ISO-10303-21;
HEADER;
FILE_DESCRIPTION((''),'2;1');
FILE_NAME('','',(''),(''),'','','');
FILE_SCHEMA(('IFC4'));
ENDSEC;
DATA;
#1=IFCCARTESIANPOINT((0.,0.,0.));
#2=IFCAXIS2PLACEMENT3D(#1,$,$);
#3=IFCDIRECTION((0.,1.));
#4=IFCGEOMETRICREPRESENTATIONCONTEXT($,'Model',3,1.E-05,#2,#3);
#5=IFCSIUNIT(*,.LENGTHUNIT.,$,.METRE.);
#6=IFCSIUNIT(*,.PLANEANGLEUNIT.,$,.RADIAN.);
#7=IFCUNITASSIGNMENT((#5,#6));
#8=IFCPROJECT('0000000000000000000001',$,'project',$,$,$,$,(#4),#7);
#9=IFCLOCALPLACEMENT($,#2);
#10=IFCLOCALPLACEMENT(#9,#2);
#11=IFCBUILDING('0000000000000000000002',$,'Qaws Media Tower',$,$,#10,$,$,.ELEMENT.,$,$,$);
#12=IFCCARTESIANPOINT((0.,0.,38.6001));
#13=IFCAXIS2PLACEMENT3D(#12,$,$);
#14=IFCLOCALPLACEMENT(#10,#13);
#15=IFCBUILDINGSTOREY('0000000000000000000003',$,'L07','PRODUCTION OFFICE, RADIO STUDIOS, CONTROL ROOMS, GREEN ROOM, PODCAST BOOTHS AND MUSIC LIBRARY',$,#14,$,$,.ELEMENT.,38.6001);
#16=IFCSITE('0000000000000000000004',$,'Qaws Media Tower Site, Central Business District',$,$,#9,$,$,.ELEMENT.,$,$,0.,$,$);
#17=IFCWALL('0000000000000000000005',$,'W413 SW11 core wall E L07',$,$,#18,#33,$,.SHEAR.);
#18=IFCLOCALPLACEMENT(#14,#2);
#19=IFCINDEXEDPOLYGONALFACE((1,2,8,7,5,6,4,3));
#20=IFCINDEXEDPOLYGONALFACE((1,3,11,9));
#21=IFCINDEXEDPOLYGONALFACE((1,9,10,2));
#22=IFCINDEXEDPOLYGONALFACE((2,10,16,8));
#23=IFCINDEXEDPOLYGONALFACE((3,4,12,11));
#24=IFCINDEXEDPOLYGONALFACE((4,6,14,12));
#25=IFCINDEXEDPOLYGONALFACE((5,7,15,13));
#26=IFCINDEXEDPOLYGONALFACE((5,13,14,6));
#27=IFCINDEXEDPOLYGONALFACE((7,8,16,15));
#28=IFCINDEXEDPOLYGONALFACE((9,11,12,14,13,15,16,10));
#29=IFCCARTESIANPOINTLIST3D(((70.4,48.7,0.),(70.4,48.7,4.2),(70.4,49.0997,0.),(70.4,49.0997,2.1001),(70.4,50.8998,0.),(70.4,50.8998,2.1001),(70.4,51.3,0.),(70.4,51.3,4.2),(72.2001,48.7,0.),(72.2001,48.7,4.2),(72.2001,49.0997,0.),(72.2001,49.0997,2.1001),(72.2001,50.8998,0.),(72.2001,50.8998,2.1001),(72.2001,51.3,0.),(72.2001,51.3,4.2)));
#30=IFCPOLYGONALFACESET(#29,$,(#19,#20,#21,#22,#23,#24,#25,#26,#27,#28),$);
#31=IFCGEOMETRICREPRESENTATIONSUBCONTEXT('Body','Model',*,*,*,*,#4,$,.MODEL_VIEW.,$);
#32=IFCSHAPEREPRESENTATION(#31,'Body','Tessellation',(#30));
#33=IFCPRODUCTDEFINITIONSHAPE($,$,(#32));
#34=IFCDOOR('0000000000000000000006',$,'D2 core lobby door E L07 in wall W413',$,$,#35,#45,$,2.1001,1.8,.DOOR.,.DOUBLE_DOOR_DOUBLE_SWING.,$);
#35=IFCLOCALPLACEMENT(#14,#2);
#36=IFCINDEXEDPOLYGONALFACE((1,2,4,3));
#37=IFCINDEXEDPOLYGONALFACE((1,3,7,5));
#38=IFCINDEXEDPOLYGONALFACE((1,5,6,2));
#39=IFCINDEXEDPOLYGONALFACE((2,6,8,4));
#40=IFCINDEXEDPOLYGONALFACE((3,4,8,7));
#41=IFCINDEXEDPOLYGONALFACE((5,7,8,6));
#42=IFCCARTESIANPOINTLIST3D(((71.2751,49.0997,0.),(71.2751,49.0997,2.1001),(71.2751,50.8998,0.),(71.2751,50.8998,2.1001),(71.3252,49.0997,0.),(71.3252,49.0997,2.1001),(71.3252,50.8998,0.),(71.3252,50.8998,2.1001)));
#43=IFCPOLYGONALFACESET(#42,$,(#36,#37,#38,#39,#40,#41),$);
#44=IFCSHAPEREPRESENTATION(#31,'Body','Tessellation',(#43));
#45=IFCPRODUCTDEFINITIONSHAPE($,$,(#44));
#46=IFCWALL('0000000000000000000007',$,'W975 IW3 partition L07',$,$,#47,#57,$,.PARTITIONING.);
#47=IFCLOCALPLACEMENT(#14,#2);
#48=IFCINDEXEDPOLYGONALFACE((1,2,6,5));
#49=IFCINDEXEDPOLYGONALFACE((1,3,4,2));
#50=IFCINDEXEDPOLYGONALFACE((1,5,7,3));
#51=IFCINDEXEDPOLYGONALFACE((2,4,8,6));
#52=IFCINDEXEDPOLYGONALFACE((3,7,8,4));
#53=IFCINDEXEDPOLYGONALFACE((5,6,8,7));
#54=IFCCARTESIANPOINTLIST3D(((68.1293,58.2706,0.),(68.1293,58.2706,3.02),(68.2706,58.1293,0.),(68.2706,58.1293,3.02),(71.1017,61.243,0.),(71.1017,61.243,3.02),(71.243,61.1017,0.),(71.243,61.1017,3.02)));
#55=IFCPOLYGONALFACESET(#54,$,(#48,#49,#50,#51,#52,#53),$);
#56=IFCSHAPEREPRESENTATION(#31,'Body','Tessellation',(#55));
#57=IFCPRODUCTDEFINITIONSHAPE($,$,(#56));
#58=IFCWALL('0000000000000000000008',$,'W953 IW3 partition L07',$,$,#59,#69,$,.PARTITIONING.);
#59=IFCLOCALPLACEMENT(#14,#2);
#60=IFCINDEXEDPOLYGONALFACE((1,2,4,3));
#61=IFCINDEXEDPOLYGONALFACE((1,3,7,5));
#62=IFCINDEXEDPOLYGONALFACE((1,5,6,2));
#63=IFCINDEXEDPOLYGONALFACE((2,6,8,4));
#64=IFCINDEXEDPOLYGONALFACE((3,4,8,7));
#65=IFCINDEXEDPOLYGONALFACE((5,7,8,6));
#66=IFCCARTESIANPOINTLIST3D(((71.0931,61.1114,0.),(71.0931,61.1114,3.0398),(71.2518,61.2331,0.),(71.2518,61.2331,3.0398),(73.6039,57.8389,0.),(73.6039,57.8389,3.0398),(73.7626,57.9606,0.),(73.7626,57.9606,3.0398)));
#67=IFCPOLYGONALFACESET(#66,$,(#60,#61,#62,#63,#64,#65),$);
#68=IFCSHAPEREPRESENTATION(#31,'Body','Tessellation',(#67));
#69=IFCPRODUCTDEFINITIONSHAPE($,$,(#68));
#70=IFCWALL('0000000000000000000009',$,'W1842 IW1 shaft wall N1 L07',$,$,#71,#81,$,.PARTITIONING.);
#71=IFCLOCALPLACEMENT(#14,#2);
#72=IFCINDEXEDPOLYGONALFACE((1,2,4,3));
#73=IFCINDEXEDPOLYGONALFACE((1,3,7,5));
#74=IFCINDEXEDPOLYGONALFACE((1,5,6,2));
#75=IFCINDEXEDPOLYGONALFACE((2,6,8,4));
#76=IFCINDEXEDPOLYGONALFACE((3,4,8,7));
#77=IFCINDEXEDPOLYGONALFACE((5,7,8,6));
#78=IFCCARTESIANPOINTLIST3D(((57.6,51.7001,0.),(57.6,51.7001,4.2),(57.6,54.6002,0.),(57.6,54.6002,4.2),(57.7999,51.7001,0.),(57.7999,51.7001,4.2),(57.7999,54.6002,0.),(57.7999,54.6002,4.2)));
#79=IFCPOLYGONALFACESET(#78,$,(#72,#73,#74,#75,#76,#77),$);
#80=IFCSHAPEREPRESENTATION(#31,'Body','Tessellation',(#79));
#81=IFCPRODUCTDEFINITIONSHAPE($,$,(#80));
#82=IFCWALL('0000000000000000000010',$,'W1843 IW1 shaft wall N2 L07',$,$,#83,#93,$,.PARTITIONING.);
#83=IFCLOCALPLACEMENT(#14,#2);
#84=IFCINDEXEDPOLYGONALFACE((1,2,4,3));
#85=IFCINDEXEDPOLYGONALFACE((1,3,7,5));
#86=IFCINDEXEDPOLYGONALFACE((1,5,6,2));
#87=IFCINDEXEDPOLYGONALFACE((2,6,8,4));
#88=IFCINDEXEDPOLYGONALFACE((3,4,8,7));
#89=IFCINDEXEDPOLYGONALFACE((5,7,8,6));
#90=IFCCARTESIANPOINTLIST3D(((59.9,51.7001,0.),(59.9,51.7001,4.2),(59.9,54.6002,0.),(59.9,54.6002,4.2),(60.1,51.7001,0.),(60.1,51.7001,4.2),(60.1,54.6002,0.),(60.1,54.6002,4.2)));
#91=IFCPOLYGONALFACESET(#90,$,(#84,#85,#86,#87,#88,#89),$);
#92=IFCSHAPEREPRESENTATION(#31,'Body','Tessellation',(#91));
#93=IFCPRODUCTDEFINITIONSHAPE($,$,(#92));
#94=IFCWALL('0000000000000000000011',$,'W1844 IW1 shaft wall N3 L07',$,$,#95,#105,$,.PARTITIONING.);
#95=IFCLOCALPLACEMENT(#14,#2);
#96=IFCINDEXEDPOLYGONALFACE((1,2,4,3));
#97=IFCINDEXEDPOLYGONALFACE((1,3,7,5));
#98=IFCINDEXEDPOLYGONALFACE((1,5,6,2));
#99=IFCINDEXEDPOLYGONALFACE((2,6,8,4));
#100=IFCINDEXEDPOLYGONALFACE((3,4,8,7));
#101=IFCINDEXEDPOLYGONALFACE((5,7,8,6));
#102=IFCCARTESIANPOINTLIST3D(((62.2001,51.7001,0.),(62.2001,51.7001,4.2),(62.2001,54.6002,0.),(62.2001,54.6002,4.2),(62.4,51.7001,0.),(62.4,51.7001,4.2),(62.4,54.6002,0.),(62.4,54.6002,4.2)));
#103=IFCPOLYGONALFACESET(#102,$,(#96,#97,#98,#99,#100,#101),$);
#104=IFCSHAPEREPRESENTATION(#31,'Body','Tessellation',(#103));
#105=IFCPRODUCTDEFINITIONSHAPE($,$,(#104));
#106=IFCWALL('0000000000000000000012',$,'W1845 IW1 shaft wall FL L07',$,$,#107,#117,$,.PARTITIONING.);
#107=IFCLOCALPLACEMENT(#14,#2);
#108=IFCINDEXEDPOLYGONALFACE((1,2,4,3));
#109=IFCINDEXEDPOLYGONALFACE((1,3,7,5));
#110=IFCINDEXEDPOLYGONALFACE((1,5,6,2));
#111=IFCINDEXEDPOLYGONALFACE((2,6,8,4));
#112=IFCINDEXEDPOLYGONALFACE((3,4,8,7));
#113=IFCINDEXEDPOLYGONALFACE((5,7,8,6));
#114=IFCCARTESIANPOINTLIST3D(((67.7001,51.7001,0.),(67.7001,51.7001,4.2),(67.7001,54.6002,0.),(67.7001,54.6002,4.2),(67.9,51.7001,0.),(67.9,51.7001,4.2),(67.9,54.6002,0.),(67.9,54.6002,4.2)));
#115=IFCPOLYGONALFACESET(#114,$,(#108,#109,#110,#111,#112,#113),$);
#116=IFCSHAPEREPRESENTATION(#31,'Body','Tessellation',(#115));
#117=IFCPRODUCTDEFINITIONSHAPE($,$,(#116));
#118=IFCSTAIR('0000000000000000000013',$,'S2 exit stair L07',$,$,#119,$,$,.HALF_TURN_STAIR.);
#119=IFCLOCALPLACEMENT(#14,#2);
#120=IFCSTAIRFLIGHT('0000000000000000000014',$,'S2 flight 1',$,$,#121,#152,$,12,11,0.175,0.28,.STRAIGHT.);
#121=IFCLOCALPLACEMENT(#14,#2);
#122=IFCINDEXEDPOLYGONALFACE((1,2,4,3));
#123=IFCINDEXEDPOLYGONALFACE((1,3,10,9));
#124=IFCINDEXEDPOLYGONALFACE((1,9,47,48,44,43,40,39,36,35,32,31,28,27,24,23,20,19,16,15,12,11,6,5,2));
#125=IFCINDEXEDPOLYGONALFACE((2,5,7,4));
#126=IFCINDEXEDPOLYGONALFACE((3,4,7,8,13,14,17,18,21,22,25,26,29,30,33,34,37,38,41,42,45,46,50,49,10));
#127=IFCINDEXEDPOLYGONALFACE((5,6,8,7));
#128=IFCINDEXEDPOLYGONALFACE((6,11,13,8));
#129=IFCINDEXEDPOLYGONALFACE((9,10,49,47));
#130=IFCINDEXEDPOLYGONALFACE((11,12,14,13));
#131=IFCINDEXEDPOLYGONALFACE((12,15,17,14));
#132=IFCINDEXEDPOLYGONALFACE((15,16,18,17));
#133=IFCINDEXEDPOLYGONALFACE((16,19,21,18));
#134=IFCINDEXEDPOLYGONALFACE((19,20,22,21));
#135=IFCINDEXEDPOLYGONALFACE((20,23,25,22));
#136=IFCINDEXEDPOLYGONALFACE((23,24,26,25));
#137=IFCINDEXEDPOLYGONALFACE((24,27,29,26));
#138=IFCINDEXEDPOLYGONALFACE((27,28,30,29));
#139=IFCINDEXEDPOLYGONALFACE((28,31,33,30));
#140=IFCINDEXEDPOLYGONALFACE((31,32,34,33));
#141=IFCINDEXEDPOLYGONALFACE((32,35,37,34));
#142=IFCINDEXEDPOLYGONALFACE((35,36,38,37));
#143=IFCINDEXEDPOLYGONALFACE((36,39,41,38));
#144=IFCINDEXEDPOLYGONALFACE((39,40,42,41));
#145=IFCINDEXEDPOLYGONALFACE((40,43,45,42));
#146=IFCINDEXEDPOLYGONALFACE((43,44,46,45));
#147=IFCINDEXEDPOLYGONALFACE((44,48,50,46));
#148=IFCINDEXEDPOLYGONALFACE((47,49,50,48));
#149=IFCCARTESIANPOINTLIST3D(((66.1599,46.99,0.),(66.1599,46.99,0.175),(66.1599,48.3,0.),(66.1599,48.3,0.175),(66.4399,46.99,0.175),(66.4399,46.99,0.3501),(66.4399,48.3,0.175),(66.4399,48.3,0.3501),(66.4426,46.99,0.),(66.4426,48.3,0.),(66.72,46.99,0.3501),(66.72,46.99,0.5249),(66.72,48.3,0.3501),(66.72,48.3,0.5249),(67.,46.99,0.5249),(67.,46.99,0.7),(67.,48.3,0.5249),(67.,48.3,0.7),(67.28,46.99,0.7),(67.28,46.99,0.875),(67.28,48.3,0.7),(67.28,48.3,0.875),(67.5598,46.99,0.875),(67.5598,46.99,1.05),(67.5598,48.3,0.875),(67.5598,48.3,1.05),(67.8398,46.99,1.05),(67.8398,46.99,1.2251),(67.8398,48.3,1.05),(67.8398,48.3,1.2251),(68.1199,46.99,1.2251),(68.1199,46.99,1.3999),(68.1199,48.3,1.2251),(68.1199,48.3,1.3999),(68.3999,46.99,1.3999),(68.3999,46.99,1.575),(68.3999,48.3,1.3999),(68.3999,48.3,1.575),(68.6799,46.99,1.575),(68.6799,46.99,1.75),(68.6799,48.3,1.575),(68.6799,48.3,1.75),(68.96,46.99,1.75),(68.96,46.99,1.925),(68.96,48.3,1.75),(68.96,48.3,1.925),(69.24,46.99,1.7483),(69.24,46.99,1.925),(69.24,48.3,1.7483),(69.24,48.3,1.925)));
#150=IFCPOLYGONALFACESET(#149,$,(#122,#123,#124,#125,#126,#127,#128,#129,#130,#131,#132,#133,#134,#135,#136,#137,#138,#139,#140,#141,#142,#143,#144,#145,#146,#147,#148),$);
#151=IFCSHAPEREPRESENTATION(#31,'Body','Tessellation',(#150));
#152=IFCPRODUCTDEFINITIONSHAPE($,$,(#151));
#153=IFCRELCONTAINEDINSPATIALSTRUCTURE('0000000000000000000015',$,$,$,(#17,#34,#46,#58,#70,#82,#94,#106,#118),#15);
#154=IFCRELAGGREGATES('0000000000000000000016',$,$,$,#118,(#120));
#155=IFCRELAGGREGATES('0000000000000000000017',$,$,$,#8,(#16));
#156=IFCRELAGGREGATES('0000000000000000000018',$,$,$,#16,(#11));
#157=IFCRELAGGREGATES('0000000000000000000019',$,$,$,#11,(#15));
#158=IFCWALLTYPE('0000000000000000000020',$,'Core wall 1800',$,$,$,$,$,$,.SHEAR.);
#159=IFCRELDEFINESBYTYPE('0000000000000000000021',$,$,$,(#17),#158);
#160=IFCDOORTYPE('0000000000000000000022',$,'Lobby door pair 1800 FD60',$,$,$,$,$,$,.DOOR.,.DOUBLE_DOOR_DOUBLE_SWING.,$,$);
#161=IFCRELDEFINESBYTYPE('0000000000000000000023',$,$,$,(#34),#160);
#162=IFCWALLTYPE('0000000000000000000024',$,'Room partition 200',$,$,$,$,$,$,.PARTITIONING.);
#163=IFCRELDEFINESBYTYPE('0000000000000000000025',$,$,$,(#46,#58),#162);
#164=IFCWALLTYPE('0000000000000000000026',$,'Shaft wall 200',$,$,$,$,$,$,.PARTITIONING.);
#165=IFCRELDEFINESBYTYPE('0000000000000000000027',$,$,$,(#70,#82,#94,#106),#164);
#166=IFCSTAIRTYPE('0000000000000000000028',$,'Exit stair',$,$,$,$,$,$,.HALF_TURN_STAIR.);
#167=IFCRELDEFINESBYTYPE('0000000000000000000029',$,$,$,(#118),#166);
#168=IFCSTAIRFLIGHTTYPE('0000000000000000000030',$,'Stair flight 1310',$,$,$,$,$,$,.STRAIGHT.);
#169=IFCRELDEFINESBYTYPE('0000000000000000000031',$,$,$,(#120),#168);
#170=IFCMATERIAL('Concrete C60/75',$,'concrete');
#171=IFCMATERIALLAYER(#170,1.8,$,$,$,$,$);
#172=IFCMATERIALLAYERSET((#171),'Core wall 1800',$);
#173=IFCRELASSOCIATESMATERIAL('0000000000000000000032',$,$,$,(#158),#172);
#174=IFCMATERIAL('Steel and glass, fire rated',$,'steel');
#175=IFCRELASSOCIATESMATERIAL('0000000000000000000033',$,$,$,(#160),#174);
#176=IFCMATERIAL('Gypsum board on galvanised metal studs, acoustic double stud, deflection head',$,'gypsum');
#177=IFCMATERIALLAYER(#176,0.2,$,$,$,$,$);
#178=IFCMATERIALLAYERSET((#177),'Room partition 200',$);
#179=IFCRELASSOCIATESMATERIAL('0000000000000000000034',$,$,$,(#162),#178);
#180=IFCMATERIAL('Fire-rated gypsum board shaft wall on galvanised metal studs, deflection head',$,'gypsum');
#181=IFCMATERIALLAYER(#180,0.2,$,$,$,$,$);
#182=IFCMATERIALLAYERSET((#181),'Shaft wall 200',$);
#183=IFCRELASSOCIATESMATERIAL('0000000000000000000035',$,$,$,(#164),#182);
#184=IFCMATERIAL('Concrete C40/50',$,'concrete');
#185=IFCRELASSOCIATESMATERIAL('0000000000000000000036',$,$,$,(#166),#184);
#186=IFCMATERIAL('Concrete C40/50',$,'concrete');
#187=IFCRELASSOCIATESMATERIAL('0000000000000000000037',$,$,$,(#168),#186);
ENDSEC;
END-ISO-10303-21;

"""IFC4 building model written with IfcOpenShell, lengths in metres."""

from ifc_helpers import new_model, si_unit, direction, frame, frame_2d, origin, place, context, subcontext, project, spatial, polyline, rectangle, outline, extrude, material, layer, layer_set, type_object, element, fill, aggregate, save


model = new_model("IFC4")

# Units and contexts
model_context = context("Model", 3, precision=1e-05, world=origin(), true_north=direction((0.0, 1.0)))
body_context = subcontext(model_context, "Body", "Model", "MODEL_VIEW")
ifc_project = project(units=[si_unit("LENGTHUNIT", "METRE"), si_unit("PLANEANGLEUNIT", "RADIAN")], contexts=[model_context])

# Site, building, storey
site_placement = place(None, origin())
site = spatial("IfcSite", under=ifc_project, at=site_placement, Name="Qaws Media Tower Site, Central Business District", CompositionType="ELEMENT", RefElevation=0.0)
building_placement = place(site_placement, origin())
building = spatial("IfcBuilding", under=site, at=building_placement, Name="Qaws Media Tower", CompositionType="ELEMENT")
storey_placement = place(building_placement, frame((0.0, 0.0, 38.6001)))
storey = spatial("IfcBuildingStorey", under=building, at=storey_placement, Name="L07", Description="PRODUCTION OFFICE, RADIO STUDIOS, CONTROL ROOMS, GREEN ROOM, PODCAST BOOTHS AND MUSIC LIBRARY", CompositionType="ELEMENT", Elevation=38.6001)

# Shared definitions
ifc_material_1 = material(Name="Concrete C60/75", Category="concrete")
ifc_layer_1 = layer(ifc_material_1, 1.8)
ifc_layer_set_1 = layer_set([ifc_layer_1], Name="Core wall 1800")
wall_type_1 = type_object("IfcWallType", Name="Core wall 1800", PredefinedType="SHEAR", material=ifc_layer_set_1)

# Wall, opening, door
wall_1_placement = place(storey_placement, frame((71.3, 48.7, 0.0), z_axis=(0.0, 0.0, 1.0), x_axis=(0.0, 1.0, 0.0)))
wall_1 = element("IfcWall", 1, at=wall_1_placement, inside=storey, type_object=wall_type_1, Name="W413 SW11 core wall E L07", PredefinedType="SHEAR", context=body_context, shape_type="SweptSolid", body=[
    extrude(rectangle(XDim=2.6001, YDim=1.8, at=frame_2d((1.3, 0.0))), origin(), (0.0, 0.0, 1.0), 4.2),
])
opening_1_placement = place(wall_1_placement, frame((0.3999, 0.0, 0.0)))
opening_1 = element("IfcOpeningElement", 2, at=opening_1_placement, cuts=wall_1, PredefinedType="OPENING", context=body_context, shape_type="SweptSolid", body=[
    extrude(rectangle(XDim=1.8, YDim=2.1001, at=frame_2d((0.8999, 1.05))), frame((0.0, 0.9099, 0.0), z_axis=(0.0, -1.0, 0.0), x_axis=(1.0, 0.0, 0.0)), (0.0, 0.0, 1.0), 1.8201),
])
ifc_material_2 = material(Name="Steel and glass, fire rated", Category="steel")
door_type_1 = type_object("IfcDoorType", Name="Lobby door pair 1800 FD60", OperationType="DOUBLE_DOOR_DOUBLE_SWING", PredefinedType="DOOR", material=ifc_material_2)
door_1_placement = place(opening_1_placement, origin())
door_1 = element("IfcDoor", 3, at=door_1_placement, inside=storey, type_object=door_type_1, Name="D2 core lobby door E L07 in wall W413", OperationType="DOUBLE_DOOR_DOUBLE_SWING", OverallHeight=2.1001, OverallWidth=1.8, PredefinedType="DOOR", context=body_context, shape_type="SweptSolid", body=[
    extrude(rectangle(XDim=1.8, YDim=2.1001, at=frame_2d((0.8999, 1.05))), frame((0.0, 0.0249, 0.0), z_axis=(0.0, -1.0, 0.0), x_axis=(1.0, 0.0, 0.0)), (0.0, 0.0, 1.0), 0.05),
])
fill(opening_1, door_1)

# Walls
ifc_material_3 = material(Name="Gypsum board on galvanised metal studs, acoustic double stud, deflection head", Category="gypsum")
ifc_layer_2 = layer(ifc_material_3, 0.2)
ifc_layer_set_2 = layer_set([ifc_layer_2], Name="Room partition 200")
wall_type_2 = type_object("IfcWallType", Name="Room partition 200", PredefinedType="PARTITIONING", material=ifc_layer_set_2)
wall_2_placement = place(storey_placement, frame((68.2, 58.2, 0.0), z_axis=(0.0, 0.0, 1.0), x_axis=(0.707107, 0.707107, 0.0)))
element("IfcWall", 4, at=wall_2_placement, inside=storey, type_object=wall_type_2, Name="W975 IW3 partition L07", PredefinedType="PARTITIONING", context=body_context, shape_type="SweptSolid", body=[
    extrude(rectangle(XDim=4.2036, YDim=0.2, at=frame_2d((2.1018, 0.0))), origin(), (0.0, 0.0, 1.0), 3.02),
])
wall_3_placement = place(storey_placement, frame((71.1724, 61.1724, 0.0), z_axis=(0.0, 0.0, 1.0), x_axis=(0.608715, -0.793389, 0.0)))
element("IfcWall", 5, at=wall_3_placement, inside=storey, type_object=wall_type_2, Name="W953 IW3 partition L07", PredefinedType="PARTITIONING", context=body_context, shape_type="SweptSolid", body=[
    extrude(rectangle(XDim=4.1248, YDim=0.2, at=frame_2d((2.0625, 0.0))), origin(), (0.0, 0.0, 1.0), 3.0398),
])
ifc_material_4 = material(Name="Fire-rated gypsum board shaft wall on galvanised metal studs, deflection head", Category="gypsum")
ifc_layer_3 = layer(ifc_material_4, 0.2)
ifc_layer_set_3 = layer_set([ifc_layer_3], Name="Shaft wall 200")
wall_type_3 = type_object("IfcWallType", Name="Shaft wall 200", PredefinedType="PARTITIONING", material=ifc_layer_set_3)
for number, where, z_axis, x_axis, name in (
    (6, (57.7, 51.7, 0.0), (0.0, 0.0, 1.0), (0.0, 1.0, 0.0), "W1842 IW1 shaft wall N1 L07"),
    (7, (60.0, 51.7, 0.0), (0.0, 0.0, 1.0), (0.0, 1.0, 0.0), "W1843 IW1 shaft wall N2 L07"),
    (8, (62.3, 51.7, 0.0), (0.0, 0.0, 1.0), (0.0, 1.0, 0.0), "W1844 IW1 shaft wall N3 L07"),
    (9, (67.8, 51.7, 0.0), (0.0, 0.0, 1.0), (0.0, 1.0, 0.0), "W1845 IW1 shaft wall FL L07"),
):
    element("IfcWall", number, at=place(storey_placement, frame(where, z_axis=z_axis, x_axis=x_axis)), inside=storey, type_object=wall_type_3, Name=name, PredefinedType="PARTITIONING", context=body_context, shape_type="SweptSolid", body=[
        extrude(rectangle(XDim=2.9001, YDim=0.2, at=frame_2d((1.4502, 0.0))), origin(), (0.0, 0.0, 1.0), 4.2),
    ])

# Stair, stair flight
ifc_material_5 = material(Name="Concrete C40/50", Category="concrete")
stair_type = type_object("IfcStairType", Name="Exit stair", PredefinedType="HALF_TURN_STAIR", material=ifc_material_5)
stair_placement = place(storey_placement, origin())
stair = element("IfcStair", 10, at=stair_placement, inside=storey, type_object=stair_type, Name="S2 exit stair L07", PredefinedType="HALF_TURN_STAIR")
ifc_material_6 = material(Name="Concrete C40/50", Category="concrete")
stair_flight_type = type_object("IfcStairFlightType", Name="Stair flight 1310", PredefinedType="STRAIGHT", material=ifc_material_6)
stair_flight_placement = place(storey_placement, frame((66.1599, 47.645, 0.0), z_axis=(0.0, 0.0, 1.0), x_axis=(1.0, 0.0, 0.0)))
stair_flight = element("IfcStairFlight", 11, at=stair_flight_placement, type_object=stair_flight_type, Name="S2 flight 1", NumberOfRisers=12, NumberOfTreads=11, PredefinedType="STRAIGHT", RiserHeight=0.175, TreadLength=0.28, context=body_context, shape_type="SweptSolid", body=[
    extrude(outline(polyline([(0.0, 0.0), (0.0, 0.175), (0.28, 0.175), (0.28, 0.3501), (0.5601, 0.3501), (0.5601, 0.5249), (0.8401, 0.5249), (0.8401, 0.7), (1.1201, 0.7), (1.1201, 0.875), (1.3999, 0.875), (1.3999, 1.05), (1.6799, 1.05), (1.6799, 1.2251), (1.96, 1.2251), (1.96, 1.3999), (2.24, 1.3999), (2.24, 1.575), (2.52, 1.575), (2.52, 1.75), (2.8, 1.75), (2.8, 1.925), (3.0801, 1.925), (3.0801, 2.1001), (3.0801, 1.7483), (0.2827, 0.0), (0.0, 0.0)])), frame((0.0, 0.655, 0.0), z_axis=(0.0, -1.0, 0.0), x_axis=(1.0, 0.0, 0.0)), (0.0, 0.0, 1.0), 1.3101),
])
aggregate(stair, [stair_flight])

save(model, "model.ifc")
